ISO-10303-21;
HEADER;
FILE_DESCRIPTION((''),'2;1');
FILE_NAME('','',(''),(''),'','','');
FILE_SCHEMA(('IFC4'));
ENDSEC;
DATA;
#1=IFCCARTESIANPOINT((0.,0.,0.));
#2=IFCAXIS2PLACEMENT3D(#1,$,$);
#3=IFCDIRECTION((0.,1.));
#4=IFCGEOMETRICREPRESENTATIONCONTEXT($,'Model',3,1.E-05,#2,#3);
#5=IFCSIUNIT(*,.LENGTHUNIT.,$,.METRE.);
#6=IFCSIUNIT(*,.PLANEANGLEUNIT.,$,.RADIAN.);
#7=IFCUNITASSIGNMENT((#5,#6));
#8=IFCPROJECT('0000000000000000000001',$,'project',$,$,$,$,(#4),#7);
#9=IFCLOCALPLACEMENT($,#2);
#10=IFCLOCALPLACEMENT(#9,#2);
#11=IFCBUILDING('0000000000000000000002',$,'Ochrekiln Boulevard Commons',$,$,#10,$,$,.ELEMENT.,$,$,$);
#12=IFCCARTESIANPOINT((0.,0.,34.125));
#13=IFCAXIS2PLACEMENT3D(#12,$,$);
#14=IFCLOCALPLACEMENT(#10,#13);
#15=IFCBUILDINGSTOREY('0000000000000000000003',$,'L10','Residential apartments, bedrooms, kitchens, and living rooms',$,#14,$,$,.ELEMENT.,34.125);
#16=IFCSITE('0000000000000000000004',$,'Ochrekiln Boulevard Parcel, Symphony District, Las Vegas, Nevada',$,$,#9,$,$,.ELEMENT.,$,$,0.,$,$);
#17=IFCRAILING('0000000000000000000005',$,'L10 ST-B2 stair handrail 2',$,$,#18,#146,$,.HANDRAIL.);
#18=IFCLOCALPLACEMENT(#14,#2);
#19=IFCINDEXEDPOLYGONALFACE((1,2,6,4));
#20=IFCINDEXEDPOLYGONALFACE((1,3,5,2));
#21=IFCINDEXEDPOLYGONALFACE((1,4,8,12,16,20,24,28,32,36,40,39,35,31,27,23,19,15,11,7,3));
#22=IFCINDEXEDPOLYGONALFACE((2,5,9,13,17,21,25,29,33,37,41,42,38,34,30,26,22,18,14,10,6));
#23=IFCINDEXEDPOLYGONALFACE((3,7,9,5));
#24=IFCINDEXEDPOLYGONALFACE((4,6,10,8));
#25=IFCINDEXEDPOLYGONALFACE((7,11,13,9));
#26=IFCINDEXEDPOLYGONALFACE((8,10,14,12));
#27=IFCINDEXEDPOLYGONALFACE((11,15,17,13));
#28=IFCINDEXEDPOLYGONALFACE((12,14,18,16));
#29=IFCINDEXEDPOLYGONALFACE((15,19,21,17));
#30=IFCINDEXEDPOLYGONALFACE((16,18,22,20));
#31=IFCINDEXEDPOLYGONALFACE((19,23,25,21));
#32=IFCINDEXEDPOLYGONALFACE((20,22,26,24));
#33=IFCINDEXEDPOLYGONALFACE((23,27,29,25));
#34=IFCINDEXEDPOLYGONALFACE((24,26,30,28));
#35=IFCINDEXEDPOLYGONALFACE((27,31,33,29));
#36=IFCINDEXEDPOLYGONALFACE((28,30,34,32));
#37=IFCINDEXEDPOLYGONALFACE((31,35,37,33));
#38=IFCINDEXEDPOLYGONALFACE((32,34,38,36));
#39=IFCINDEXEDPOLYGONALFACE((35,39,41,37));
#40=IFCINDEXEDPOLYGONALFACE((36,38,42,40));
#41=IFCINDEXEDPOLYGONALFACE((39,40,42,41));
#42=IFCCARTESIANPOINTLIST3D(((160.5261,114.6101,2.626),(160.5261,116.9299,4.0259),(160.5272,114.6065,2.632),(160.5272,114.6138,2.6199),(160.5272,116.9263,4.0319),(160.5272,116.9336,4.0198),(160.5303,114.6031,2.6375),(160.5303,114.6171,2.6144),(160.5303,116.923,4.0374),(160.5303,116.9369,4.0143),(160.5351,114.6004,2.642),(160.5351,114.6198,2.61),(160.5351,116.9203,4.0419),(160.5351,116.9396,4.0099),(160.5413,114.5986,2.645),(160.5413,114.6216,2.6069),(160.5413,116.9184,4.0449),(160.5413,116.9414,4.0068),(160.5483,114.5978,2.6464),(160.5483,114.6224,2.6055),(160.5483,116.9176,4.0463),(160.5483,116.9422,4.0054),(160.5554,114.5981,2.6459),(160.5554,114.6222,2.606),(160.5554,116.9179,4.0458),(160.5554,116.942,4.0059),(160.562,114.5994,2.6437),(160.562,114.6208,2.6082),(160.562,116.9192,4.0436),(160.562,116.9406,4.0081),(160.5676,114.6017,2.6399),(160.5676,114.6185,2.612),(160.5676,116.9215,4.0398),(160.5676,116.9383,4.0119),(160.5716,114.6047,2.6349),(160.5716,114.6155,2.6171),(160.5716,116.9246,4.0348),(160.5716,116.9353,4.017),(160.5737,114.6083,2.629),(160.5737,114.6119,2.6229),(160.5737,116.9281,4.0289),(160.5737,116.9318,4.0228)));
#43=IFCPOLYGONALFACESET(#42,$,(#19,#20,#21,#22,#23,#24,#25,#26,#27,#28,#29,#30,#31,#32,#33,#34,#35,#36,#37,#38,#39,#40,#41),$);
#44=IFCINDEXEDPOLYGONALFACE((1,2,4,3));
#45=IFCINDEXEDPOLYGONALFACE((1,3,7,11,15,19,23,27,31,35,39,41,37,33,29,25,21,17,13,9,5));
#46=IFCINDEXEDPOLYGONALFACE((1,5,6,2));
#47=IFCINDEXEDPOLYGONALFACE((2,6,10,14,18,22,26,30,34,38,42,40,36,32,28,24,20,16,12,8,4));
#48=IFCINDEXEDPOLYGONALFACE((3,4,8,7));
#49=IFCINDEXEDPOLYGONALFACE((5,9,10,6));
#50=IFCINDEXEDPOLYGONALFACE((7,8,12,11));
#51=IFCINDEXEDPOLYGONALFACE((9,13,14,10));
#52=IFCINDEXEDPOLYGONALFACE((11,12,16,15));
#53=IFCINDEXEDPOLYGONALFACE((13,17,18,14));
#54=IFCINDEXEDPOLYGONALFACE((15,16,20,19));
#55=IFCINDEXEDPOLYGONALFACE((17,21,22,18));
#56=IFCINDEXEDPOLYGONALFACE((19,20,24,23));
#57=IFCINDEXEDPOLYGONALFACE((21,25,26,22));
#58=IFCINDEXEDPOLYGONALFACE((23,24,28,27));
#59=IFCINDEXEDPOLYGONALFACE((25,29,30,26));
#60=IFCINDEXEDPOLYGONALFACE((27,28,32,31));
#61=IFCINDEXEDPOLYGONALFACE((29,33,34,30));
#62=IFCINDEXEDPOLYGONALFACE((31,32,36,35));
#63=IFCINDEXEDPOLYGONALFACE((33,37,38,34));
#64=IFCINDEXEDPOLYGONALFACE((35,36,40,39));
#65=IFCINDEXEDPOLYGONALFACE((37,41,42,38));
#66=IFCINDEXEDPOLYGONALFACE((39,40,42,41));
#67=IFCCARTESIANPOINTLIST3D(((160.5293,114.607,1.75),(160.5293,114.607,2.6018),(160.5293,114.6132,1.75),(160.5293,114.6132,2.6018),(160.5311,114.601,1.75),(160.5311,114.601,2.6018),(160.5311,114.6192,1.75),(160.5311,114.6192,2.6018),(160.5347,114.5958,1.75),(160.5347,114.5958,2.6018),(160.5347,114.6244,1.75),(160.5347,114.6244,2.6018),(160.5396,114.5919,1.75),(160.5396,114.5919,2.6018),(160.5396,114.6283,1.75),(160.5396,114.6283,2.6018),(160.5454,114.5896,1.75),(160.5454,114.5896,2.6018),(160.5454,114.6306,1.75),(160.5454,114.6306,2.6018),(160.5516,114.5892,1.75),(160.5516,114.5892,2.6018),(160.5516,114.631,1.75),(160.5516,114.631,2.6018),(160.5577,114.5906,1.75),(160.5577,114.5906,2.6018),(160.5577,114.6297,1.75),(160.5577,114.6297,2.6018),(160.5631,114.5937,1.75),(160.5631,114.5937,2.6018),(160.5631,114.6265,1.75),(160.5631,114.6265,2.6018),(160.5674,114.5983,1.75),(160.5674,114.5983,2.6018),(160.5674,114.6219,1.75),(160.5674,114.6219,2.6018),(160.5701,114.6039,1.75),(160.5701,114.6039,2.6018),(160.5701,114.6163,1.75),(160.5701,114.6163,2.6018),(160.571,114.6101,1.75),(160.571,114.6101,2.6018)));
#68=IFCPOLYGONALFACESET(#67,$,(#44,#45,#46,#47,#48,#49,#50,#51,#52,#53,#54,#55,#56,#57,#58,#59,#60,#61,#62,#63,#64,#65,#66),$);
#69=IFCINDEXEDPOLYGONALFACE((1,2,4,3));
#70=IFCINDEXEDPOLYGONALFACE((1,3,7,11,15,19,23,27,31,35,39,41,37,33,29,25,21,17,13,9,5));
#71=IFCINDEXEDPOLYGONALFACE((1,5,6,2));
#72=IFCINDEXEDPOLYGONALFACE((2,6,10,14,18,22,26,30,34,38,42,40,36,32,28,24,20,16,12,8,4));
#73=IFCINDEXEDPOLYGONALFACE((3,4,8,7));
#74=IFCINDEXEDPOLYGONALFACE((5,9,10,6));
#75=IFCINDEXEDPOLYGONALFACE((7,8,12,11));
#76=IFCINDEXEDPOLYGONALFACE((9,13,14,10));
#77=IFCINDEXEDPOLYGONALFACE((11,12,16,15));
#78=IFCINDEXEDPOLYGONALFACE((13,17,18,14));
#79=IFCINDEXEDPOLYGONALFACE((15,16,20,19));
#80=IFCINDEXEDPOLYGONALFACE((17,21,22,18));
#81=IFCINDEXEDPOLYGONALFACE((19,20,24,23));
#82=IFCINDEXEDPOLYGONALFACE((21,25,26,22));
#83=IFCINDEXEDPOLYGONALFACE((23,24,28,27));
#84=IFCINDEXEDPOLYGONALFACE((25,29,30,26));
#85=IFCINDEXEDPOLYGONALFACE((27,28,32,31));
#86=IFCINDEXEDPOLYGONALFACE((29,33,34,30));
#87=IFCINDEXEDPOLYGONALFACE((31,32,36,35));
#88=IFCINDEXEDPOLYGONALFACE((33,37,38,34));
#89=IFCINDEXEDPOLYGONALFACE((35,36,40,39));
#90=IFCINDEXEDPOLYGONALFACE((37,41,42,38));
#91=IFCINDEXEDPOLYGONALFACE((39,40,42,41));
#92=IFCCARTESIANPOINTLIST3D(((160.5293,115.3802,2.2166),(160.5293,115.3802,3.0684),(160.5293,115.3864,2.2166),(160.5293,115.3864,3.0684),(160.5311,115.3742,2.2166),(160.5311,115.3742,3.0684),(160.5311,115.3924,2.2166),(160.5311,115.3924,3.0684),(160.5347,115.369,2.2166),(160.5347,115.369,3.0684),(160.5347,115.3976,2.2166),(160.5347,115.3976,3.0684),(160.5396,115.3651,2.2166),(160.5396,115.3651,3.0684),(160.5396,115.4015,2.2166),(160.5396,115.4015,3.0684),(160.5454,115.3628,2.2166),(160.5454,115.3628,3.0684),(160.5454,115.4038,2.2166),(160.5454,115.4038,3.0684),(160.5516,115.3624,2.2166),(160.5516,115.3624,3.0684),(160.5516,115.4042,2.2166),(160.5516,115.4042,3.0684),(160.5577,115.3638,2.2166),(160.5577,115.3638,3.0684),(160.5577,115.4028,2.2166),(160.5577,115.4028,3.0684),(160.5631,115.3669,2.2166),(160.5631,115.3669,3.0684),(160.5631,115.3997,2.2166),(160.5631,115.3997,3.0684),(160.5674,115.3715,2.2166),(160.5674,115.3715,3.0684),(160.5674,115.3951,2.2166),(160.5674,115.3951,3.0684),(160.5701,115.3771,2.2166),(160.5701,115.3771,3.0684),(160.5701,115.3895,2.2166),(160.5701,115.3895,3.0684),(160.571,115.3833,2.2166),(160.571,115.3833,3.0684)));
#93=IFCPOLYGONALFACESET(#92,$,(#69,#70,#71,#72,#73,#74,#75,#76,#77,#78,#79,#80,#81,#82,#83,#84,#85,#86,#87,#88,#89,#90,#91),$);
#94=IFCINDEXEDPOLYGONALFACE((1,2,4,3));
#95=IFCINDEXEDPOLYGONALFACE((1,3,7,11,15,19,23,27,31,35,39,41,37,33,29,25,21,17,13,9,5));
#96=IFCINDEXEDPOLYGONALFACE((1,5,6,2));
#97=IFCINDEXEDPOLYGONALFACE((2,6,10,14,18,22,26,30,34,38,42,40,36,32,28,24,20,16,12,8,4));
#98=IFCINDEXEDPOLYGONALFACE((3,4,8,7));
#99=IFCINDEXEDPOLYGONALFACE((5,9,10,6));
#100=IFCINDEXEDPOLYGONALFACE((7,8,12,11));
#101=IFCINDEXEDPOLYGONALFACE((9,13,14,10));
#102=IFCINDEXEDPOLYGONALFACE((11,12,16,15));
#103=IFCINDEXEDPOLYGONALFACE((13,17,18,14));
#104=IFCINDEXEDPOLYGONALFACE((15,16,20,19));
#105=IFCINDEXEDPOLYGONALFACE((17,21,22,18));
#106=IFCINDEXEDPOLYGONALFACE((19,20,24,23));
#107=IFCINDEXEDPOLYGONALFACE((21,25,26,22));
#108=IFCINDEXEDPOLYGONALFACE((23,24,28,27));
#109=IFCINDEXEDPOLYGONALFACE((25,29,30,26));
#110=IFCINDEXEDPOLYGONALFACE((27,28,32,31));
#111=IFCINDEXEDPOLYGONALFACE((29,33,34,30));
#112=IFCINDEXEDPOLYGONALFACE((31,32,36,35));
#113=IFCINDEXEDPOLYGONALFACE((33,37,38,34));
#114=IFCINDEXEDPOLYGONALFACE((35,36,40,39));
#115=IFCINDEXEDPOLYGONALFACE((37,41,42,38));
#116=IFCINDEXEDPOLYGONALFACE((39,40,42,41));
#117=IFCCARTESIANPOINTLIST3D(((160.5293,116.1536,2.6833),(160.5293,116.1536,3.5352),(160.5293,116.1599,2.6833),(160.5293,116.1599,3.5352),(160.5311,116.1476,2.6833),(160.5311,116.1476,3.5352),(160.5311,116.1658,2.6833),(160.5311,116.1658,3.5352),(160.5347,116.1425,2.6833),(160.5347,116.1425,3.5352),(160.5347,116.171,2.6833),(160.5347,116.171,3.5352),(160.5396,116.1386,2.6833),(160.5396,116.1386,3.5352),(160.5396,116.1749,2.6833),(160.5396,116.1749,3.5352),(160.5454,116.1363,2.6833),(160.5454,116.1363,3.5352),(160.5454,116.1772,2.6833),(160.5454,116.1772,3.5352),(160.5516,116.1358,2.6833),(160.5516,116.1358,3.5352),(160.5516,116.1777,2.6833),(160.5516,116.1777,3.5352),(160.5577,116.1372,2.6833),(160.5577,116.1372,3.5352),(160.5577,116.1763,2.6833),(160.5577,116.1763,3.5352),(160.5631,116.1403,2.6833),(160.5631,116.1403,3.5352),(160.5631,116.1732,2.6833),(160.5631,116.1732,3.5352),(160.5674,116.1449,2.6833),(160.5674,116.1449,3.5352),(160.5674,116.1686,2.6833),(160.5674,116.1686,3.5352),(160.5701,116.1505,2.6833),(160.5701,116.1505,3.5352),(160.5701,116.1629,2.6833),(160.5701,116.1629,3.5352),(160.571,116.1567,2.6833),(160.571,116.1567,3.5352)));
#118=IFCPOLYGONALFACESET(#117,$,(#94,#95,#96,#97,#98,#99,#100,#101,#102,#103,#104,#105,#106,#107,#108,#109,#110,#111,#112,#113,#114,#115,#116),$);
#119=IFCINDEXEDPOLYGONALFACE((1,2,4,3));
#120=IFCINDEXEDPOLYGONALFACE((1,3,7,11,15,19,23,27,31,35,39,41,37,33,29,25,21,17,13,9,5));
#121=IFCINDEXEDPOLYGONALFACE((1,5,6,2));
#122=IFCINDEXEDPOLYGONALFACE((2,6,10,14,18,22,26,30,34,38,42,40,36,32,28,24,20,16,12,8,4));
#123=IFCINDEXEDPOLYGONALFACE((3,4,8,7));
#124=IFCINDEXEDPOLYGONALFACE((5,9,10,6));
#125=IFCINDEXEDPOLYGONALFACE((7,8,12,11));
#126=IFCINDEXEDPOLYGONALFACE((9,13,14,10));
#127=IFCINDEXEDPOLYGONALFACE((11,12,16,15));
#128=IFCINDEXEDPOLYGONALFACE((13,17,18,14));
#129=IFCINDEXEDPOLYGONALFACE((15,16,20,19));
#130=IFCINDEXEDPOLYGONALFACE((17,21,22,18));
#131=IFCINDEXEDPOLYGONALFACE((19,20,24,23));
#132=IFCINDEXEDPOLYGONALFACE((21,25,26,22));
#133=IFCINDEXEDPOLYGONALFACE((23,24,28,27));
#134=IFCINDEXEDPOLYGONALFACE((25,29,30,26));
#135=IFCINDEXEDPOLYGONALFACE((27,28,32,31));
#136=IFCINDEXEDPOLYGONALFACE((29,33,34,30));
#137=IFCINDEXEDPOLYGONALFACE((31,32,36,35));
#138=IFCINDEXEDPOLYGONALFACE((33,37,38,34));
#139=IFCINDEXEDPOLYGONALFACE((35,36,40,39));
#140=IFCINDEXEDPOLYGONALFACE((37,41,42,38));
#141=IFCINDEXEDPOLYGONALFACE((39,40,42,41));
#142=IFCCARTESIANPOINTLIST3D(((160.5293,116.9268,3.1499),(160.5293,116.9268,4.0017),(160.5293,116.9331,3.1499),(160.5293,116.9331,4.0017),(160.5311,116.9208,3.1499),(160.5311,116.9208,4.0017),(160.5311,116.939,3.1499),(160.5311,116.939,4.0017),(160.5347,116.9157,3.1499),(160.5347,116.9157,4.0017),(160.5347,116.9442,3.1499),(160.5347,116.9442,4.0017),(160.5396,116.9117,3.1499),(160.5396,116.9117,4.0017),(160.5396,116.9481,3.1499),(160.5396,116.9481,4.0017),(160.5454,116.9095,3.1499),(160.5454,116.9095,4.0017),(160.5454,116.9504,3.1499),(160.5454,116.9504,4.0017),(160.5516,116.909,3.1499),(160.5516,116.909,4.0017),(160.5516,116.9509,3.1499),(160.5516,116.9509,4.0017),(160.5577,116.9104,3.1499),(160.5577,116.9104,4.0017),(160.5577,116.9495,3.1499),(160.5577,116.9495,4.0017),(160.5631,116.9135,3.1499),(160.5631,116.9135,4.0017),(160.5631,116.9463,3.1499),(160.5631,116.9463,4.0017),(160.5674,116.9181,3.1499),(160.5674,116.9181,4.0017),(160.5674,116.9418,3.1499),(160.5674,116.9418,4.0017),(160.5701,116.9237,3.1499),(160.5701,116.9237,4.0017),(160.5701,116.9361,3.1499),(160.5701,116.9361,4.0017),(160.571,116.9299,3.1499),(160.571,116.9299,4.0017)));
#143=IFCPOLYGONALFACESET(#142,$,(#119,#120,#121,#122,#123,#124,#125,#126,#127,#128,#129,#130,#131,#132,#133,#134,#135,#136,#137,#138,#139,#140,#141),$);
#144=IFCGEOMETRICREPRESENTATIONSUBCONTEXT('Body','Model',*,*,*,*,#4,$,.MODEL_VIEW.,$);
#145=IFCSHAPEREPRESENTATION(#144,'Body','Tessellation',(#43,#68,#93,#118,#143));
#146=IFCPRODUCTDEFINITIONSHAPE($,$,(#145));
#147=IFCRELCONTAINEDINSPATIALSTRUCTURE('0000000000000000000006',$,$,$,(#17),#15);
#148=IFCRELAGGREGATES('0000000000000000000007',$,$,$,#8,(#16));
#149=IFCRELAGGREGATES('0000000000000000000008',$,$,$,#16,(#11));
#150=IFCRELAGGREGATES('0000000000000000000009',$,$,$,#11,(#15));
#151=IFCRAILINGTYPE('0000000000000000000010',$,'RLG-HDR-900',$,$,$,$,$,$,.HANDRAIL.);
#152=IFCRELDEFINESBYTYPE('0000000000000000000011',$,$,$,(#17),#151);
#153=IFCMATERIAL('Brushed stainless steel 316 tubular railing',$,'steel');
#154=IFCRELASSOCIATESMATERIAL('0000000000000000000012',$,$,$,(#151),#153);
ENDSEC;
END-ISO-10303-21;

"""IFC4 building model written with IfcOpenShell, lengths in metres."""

from ifc_helpers import new_model, si_unit, direction, frame, origin, origin_2d, place, context, subcontext, project, spatial, circle, extrude, material, type_object, element, save


model = new_model("IFC4")

# Units and contexts
model_context = context("Model", 3, precision=1e-05, world=origin(), true_north=direction((0.0, 1.0)))
body_context = subcontext(model_context, "Body", "Model", "MODEL_VIEW")
ifc_project = project(units=[si_unit("LENGTHUNIT", "METRE"), si_unit("PLANEANGLEUNIT", "RADIAN")], contexts=[model_context])

# Site, building, storey
site_placement = place(None, origin())
site = spatial("IfcSite", under=ifc_project, at=site_placement, Name="Ochrekiln Boulevard Parcel, Symphony District, Las Vegas, Nevada", CompositionType="ELEMENT", RefElevation=0.0)
building_placement = place(site_placement, origin())
building = spatial("IfcBuilding", under=site, at=building_placement, Name="Ochrekiln Boulevard Commons", CompositionType="ELEMENT")
storey_placement = place(building_placement, frame((0.0, 0.0, 34.125)))
storey = spatial("IfcBuildingStorey", under=building, at=storey_placement, Name="L10", Description="Residential apartments, bedrooms, kitchens, and living rooms", CompositionType="ELEMENT", Elevation=34.125)

# Railing
ifc_material_1 = material(Name="Brushed stainless steel 316 tubular railing", Category="steel")
railing_type_1 = type_object("IfcRailingType", Name="RLG-HDR-900", PredefinedType="HANDRAIL", material=ifc_material_1)
railing_1_placement = place(storey_placement, frame((160.55, 114.6101, 1.75)))
element("IfcRailing", 1, at=railing_1_placement, inside=storey, type_object=railing_type_1, Name="L10 ST-B2 stair handrail 2", PredefinedType="HANDRAIL", context=body_context, shape_type="SweptSolid", body=[
    extrude(circle(Radius=0.0239, at=origin_2d()), frame((0.0, 0.0, 0.876), z_axis=(0.0, 0.856186, 0.516667), x_axis=(-1.0, 0.0, 0.0)), (0.0, 0.0, 1.0), 2.7095),
    extrude(circle(Radius=0.021, at=origin_2d()), origin(), (0.0, 0.0, 1.0), 0.8518),
    extrude(circle(Radius=0.021, at=origin_2d()), frame((0.0, 0.7732, 0.4666)), (0.0, 0.0, 1.0), 0.8518),
    extrude(circle(Radius=0.021, at=origin_2d()), frame((0.0, 1.5466, 0.9333)), (0.0, 0.0, 1.0), 0.8518),
    extrude(circle(Radius=0.021, at=origin_2d()), frame((0.0, 2.3198, 1.3999)), (0.0, 0.0, 1.0), 0.8518),
])

save(model, "model.ifc")
